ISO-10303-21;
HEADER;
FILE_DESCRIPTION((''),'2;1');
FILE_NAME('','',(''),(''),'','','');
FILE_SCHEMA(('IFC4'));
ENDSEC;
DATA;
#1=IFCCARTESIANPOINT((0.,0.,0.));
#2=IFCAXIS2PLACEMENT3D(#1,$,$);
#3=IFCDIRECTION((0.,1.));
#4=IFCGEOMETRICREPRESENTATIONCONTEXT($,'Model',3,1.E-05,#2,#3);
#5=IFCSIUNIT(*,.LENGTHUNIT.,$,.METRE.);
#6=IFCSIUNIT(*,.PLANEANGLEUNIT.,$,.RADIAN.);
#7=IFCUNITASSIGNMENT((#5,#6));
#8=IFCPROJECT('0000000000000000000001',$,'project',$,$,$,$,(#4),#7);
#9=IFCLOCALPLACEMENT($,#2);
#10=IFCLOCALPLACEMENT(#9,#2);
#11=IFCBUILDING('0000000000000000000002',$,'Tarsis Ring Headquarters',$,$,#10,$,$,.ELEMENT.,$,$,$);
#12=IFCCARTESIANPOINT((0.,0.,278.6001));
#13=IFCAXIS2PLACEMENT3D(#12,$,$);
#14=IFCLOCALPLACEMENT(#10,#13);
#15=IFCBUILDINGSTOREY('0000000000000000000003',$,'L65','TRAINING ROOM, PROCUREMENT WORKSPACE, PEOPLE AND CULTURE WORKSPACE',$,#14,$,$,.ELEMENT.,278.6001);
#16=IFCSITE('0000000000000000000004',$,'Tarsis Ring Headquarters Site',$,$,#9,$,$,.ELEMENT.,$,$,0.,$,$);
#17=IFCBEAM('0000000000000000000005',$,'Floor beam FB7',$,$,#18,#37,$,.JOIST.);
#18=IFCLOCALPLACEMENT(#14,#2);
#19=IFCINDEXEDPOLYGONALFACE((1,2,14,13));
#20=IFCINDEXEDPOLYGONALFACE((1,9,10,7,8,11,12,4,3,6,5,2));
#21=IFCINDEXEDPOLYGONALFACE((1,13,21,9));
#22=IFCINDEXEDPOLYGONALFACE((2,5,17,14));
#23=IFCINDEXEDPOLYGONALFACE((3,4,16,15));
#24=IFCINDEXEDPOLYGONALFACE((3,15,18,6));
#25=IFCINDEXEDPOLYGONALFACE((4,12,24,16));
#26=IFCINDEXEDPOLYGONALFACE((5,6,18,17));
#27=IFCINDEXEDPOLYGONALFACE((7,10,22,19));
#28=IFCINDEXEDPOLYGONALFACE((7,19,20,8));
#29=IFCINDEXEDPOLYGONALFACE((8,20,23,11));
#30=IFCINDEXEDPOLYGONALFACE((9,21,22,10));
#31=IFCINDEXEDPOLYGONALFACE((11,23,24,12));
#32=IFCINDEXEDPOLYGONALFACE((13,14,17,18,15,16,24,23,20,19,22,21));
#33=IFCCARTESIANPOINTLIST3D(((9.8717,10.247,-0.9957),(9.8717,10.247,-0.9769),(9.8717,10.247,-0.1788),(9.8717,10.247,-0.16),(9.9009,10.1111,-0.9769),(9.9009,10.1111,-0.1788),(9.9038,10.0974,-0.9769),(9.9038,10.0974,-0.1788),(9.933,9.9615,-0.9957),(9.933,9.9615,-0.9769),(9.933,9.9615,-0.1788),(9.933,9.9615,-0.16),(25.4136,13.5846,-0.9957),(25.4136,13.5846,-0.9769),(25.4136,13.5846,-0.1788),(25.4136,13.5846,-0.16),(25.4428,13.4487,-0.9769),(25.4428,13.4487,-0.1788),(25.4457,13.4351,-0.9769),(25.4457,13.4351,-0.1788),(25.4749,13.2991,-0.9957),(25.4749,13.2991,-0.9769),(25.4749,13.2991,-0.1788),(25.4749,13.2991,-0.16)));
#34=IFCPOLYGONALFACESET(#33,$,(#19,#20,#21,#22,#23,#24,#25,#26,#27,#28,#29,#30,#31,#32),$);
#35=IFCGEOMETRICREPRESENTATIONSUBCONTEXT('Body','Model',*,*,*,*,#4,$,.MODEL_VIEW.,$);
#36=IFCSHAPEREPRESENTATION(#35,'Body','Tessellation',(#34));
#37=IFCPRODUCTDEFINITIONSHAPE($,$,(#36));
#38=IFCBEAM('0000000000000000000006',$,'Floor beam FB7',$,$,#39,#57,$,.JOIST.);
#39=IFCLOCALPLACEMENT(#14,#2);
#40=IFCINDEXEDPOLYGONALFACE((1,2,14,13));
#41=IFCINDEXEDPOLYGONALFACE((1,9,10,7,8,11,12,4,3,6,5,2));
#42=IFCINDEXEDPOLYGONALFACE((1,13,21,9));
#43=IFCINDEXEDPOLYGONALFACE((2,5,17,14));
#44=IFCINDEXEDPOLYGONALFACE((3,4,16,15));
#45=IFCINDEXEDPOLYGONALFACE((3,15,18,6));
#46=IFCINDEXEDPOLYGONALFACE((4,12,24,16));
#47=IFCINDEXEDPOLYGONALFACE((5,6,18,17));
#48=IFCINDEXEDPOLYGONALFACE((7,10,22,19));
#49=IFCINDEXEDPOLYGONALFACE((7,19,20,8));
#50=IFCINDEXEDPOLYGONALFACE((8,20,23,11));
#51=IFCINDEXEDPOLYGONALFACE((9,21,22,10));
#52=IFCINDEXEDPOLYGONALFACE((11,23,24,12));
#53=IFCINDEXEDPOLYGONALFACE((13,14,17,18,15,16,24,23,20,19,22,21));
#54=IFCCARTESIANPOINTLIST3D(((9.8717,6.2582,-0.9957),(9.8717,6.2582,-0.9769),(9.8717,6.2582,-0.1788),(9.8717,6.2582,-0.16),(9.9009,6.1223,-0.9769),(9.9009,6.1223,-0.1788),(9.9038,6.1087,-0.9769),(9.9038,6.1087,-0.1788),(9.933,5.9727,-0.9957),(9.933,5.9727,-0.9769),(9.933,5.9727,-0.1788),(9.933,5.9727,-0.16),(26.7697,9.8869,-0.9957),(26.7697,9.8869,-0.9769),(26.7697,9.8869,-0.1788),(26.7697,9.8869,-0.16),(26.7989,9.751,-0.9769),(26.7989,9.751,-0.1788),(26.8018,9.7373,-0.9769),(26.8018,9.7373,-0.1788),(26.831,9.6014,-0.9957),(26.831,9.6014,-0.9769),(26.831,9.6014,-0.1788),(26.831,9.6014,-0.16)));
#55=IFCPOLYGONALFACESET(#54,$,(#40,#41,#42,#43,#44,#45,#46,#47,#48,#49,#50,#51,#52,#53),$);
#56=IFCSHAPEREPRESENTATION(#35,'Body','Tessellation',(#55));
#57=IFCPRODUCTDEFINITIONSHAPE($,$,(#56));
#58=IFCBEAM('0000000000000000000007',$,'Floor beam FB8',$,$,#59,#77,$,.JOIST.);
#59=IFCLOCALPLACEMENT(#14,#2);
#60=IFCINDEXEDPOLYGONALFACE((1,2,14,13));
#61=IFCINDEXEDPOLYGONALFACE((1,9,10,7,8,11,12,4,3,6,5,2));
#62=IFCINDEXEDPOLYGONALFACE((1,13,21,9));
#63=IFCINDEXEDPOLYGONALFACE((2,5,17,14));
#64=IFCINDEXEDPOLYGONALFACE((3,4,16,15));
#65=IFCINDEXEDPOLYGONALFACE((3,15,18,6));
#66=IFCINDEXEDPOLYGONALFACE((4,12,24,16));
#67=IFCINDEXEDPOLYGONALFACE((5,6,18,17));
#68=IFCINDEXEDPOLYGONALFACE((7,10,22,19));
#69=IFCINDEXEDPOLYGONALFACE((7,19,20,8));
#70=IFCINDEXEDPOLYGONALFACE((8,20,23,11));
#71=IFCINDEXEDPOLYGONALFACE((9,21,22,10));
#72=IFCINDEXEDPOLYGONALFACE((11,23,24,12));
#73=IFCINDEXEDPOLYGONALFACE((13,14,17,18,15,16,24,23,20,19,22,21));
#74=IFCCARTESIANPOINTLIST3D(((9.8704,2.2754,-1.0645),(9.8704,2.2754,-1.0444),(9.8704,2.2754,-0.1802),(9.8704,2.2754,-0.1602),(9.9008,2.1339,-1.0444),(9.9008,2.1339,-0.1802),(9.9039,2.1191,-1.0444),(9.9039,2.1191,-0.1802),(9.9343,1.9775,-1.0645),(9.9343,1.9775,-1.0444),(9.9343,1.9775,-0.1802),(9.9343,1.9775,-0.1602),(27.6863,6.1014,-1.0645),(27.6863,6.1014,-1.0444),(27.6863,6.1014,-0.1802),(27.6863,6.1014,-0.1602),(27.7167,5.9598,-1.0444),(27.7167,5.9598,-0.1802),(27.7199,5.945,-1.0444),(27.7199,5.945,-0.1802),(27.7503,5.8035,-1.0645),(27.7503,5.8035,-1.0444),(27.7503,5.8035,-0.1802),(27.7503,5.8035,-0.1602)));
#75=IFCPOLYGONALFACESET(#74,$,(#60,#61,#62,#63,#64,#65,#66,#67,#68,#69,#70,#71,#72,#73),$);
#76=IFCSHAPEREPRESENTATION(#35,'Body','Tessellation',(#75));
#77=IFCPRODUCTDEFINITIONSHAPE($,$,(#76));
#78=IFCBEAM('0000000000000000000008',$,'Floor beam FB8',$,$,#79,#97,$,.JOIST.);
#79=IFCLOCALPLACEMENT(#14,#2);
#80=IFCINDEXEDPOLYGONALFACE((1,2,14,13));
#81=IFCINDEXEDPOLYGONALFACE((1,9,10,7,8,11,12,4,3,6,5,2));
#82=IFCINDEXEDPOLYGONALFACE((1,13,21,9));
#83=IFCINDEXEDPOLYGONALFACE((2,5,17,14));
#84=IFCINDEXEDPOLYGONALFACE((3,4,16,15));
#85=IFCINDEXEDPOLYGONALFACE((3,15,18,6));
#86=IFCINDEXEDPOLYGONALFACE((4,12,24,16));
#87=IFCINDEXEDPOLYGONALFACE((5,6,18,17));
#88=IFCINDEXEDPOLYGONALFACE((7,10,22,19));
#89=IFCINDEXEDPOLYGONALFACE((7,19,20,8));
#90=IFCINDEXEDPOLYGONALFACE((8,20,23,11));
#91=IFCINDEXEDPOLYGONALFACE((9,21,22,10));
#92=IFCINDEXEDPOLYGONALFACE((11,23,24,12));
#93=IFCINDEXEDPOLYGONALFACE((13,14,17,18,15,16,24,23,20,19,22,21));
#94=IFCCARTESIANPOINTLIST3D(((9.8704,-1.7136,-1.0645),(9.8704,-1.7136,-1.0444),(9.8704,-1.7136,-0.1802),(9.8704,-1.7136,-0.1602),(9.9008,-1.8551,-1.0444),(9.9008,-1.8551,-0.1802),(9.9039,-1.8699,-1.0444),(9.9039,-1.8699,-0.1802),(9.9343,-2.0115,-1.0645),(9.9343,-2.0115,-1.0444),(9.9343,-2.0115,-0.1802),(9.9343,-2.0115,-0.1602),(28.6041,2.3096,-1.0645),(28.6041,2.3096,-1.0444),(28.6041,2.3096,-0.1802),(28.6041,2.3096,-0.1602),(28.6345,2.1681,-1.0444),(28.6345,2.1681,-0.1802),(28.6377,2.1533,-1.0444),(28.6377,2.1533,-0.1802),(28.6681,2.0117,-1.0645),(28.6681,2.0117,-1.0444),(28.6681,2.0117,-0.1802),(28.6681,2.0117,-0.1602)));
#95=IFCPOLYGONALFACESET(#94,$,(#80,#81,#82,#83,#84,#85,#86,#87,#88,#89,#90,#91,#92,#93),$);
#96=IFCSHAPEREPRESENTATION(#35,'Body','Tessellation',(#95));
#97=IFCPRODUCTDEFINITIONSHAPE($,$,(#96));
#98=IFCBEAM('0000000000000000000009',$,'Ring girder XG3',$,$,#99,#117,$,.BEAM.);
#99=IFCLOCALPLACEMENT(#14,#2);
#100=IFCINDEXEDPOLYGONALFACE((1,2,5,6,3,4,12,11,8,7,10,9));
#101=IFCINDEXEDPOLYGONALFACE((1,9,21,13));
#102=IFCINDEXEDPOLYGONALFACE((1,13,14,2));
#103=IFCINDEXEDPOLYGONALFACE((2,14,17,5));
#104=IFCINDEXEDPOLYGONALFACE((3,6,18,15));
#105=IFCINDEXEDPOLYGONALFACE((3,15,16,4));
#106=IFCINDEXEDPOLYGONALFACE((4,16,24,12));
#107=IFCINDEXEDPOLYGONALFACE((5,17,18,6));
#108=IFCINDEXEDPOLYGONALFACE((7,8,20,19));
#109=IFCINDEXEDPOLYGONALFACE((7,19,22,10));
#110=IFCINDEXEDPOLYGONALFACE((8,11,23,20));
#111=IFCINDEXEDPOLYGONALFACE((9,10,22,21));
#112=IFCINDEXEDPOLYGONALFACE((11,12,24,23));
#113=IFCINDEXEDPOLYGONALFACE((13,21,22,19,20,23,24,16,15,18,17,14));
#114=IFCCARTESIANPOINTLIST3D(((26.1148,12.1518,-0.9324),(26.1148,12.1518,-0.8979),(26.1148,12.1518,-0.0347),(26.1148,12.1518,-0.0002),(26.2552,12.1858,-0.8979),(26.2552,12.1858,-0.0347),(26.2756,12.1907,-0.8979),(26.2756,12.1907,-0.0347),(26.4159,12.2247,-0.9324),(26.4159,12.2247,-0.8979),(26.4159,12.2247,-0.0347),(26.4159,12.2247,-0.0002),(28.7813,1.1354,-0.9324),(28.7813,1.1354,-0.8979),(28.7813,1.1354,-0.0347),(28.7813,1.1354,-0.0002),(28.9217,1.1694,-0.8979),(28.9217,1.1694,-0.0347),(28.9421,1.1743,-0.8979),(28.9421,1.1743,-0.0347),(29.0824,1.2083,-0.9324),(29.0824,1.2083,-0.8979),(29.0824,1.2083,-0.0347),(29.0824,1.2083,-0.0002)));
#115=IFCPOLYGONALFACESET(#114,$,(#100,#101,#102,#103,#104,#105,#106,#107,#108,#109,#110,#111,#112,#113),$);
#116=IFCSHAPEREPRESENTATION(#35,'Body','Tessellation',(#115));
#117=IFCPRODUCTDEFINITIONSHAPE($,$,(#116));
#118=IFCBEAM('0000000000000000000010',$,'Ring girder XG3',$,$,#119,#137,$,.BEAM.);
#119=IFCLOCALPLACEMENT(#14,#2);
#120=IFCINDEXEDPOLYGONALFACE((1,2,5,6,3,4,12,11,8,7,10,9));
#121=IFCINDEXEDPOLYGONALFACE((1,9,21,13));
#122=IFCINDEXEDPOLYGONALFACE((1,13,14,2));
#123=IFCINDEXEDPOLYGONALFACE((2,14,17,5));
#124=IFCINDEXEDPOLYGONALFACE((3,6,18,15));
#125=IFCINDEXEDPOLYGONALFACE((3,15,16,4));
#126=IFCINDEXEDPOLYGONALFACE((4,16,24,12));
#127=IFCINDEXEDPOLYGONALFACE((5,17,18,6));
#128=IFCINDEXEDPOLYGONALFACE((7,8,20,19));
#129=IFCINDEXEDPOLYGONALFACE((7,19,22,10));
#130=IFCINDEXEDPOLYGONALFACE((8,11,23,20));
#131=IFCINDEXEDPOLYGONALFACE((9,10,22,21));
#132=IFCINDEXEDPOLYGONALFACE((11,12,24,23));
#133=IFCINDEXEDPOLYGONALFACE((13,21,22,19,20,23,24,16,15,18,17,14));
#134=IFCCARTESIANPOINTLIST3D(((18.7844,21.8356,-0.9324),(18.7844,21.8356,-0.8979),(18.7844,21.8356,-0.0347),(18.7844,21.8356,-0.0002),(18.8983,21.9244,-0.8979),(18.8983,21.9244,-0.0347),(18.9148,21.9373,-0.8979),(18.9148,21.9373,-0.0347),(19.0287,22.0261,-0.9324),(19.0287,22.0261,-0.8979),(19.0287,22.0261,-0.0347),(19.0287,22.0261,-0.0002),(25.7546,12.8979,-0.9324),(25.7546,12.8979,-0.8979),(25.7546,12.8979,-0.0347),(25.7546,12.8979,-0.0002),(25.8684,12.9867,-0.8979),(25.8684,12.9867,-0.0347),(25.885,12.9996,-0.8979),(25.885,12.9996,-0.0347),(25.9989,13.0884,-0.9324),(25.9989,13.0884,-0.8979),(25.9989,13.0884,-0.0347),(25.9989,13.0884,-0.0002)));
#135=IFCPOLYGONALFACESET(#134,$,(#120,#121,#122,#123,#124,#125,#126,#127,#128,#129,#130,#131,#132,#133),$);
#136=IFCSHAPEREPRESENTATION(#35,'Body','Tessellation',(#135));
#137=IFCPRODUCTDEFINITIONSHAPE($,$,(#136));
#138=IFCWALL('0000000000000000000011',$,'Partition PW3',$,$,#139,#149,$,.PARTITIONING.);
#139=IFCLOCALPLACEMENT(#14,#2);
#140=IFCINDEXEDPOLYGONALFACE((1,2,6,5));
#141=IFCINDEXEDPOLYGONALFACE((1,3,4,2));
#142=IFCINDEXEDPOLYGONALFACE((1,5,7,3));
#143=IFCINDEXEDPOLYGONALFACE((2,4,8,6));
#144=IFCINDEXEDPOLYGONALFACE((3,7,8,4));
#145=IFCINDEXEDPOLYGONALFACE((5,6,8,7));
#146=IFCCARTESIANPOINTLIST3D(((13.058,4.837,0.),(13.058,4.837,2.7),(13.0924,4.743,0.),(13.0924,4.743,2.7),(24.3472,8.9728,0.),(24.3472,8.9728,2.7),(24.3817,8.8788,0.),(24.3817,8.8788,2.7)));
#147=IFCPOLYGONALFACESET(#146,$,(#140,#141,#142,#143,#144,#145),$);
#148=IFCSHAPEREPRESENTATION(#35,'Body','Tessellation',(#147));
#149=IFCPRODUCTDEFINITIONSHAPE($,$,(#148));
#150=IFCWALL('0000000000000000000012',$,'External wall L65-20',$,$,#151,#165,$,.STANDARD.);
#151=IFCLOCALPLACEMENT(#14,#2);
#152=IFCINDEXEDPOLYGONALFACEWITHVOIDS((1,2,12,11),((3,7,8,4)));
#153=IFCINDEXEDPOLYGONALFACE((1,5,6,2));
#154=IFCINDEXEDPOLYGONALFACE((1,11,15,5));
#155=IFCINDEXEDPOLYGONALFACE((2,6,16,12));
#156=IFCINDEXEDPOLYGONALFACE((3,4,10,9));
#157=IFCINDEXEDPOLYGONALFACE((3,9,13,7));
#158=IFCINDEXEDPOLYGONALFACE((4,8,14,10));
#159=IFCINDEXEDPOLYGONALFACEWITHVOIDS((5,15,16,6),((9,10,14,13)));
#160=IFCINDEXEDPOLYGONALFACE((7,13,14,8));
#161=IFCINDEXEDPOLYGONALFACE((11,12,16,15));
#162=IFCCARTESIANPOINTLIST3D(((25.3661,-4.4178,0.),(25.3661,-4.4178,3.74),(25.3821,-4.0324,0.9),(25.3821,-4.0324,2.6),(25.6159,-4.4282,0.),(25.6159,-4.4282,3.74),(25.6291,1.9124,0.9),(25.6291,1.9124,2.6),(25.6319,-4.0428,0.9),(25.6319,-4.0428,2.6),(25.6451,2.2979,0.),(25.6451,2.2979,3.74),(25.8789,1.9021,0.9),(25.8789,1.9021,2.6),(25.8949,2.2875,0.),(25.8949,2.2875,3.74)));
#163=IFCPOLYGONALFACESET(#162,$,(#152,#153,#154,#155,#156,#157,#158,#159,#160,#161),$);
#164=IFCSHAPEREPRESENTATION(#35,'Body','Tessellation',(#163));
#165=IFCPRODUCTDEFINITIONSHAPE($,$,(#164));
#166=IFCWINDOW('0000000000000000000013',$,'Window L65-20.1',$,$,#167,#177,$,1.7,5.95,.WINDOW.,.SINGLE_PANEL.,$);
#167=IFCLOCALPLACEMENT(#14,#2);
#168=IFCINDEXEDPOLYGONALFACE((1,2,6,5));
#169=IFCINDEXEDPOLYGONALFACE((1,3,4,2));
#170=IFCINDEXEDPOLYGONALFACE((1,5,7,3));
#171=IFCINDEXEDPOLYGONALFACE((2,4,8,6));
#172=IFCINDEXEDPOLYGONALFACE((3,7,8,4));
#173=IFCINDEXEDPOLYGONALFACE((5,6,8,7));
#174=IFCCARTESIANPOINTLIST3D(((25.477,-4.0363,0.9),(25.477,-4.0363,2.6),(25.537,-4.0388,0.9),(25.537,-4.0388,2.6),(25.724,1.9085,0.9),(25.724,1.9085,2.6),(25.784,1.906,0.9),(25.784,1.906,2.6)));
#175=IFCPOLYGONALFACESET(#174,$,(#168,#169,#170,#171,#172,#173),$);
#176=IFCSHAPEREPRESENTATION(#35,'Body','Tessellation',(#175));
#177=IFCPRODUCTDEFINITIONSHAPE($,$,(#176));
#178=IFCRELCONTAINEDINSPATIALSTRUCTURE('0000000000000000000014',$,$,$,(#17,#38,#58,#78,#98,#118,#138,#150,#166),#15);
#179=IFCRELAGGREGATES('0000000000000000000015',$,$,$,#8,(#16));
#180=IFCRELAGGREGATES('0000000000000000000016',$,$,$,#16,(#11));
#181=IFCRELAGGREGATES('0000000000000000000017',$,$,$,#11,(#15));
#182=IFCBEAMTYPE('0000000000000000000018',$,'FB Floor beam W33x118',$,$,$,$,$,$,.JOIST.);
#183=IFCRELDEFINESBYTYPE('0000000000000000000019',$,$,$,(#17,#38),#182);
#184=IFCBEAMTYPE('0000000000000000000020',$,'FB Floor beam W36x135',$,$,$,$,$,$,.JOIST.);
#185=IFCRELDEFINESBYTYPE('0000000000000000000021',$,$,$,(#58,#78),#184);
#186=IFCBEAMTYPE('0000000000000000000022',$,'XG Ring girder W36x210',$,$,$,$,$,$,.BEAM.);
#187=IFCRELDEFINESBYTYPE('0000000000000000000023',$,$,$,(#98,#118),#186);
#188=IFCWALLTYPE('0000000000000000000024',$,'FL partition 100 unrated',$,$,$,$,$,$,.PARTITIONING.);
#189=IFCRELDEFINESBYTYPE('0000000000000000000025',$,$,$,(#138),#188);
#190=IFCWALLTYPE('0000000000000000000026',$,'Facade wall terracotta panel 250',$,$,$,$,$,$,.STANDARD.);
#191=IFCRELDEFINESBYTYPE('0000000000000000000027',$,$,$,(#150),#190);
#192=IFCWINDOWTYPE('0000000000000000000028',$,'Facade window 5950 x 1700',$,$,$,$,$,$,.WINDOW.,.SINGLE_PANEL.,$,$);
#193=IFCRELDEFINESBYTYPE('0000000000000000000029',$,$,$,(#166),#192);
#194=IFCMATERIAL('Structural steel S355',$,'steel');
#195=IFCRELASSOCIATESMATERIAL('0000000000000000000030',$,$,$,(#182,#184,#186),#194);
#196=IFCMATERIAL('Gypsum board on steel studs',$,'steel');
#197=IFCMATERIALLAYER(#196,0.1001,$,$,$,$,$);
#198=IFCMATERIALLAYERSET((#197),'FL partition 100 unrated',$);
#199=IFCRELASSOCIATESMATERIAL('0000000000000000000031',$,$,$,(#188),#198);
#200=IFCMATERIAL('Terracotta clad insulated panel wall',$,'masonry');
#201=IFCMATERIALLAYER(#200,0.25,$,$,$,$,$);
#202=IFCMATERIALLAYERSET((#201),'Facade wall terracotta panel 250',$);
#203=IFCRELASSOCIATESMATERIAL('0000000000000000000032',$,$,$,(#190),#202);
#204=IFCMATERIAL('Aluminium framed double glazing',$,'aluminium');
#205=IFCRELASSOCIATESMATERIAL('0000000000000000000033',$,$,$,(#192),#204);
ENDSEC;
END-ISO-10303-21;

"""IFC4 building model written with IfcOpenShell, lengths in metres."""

from ifc_helpers import new_model, si_unit, direction, frame, frame_2d, origin, origin_2d, place, context, subcontext, project, spatial, rectangle, i_section, extrude, material, layer, layer_set, material_profile, profile_set, type_object, element, fill, save


model = new_model("IFC4")

# Units and contexts
model_context = context("Model", 3, precision=1e-05, world=origin(), true_north=direction((0.0, 1.0)))
body_context = subcontext(model_context, "Body", "Model", "MODEL_VIEW")
ifc_project = project(units=[si_unit("LENGTHUNIT", "METRE"), si_unit("PLANEANGLEUNIT", "RADIAN")], contexts=[model_context])

# Site, building, storey
site_placement = place(None, origin())
site = spatial("IfcSite", under=ifc_project, at=site_placement, Name="Tarsis Ring Headquarters Site", CompositionType="ELEMENT", RefElevation=0.0)
building_placement = place(site_placement, origin())
building = spatial("IfcBuilding", under=site, at=building_placement, Name="Tarsis Ring Headquarters", CompositionType="ELEMENT")
storey_placement = place(building_placement, frame((0.0, 0.0, 278.6001)))
storey = spatial("IfcBuildingStorey", under=building, at=storey_placement, Name="L65", Description="TRAINING ROOM, PROCUREMENT WORKSPACE, PEOPLE AND CULTURE WORKSPACE", CompositionType="ELEMENT", Elevation=278.6001)

# Shared definitions
ifc_material_1 = material(Name="Structural steel S355", Category="steel")

# Beams
ifc_material_profile_1 = material_profile(ifc_material_1, i_section(OverallWidth=0.292, OverallDepth=0.8357, WebThickness=0.0139, FlangeThickness=0.0188, at=origin_2d()), Name="W33x118")
ifc_profile_set_1 = profile_set([ifc_material_profile_1], Name="Structural steel S355")
beam_type_1 = type_object("IfcBeamType", Name="FB Floor beam W33x118", PredefinedType="JOIST", material=ifc_profile_set_1)
beam_1_placement = place(storey_placement, frame((9.9023, 10.1042, -0.5779), z_axis=(0.977709, 0.209963, 0.0), x_axis=(-0.209963, 0.977709, 0.0)))
element("IfcBeam", 1, at=beam_1_placement, inside=storey, type_object=beam_type_1, Name="Floor beam FB7", PredefinedType="JOIST", context=body_context, shape_type="SweptSolid", body=[
    extrude(i_section(OverallWidth=0.292, OverallDepth=0.8357, WebThickness=0.0139, FlangeThickness=0.0188, at=origin_2d()), origin(), (0.0, 0.0, 1.0), 15.8962),
])
beam_2_placement = place(storey_placement, frame((9.9023, 6.1155, -0.5779), z_axis=(0.977711, 0.209954, 0.0), x_axis=(-0.209954, 0.977711, 0.0)))
element("IfcBeam", 2, at=beam_2_placement, inside=storey, type_object=beam_type_1, Name="Floor beam FB7", PredefinedType="JOIST", context=body_context, shape_type="SweptSolid", body=[
    extrude(i_section(OverallWidth=0.292, OverallDepth=0.8357, WebThickness=0.0139, FlangeThickness=0.0188, at=origin_2d()), origin(), (0.0, 0.0, 1.0), 17.2832),
])
ifc_material_profile_2 = material_profile(ifc_material_1, i_section(OverallWidth=0.3047, OverallDepth=0.9043, WebThickness=0.0151, FlangeThickness=0.02, at=origin_2d()), Name="W36x135")
ifc_profile_set_2 = profile_set([ifc_material_profile_2], Name="Structural steel S355")
beam_type_2 = type_object("IfcBeamType", Name="FB Floor beam W36x135", PredefinedType="JOIST", material=ifc_profile_set_2)
beam_3_placement = place(storey_placement, frame((9.9023, 2.1265, -0.6123), z_axis=(0.97771, 0.209961, 0.0), x_axis=(-0.209961, 0.97771, 0.0)))
element("IfcBeam", 3, at=beam_3_placement, inside=storey, type_object=beam_type_2, Name="Floor beam FB8", PredefinedType="JOIST", context=body_context, shape_type="SweptSolid", body=[
    extrude(i_section(OverallWidth=0.3047, OverallDepth=0.9043, WebThickness=0.0151, FlangeThickness=0.02, at=origin_2d()), origin(), (0.0, 0.0, 1.0), 18.2222),
])
beam_4_placement = place(storey_placement, frame((9.9023, -1.8625, -0.6123), z_axis=(0.977708, 0.20997, 0.0), x_axis=(-0.20997, 0.977708, 0.0)))
element("IfcBeam", 4, at=beam_4_placement, inside=storey, type_object=beam_type_2, Name="Floor beam FB8", PredefinedType="JOIST", context=body_context, shape_type="SweptSolid", body=[
    extrude(i_section(OverallWidth=0.3047, OverallDepth=0.9043, WebThickness=0.0151, FlangeThickness=0.02, at=origin_2d()), origin(), (0.0, 0.0, 1.0), 19.1609),
])
ifc_material_profile_3 = material_profile(ifc_material_1, i_section(OverallWidth=0.3098, OverallDepth=0.9321, WebThickness=0.021, FlangeThickness=0.0344, at=origin_2d()), Name="W36x210")
ifc_profile_set_3 = profile_set([ifc_material_profile_3], Name="Structural steel S355")
beam_type_3 = type_object("IfcBeamType", Name="XG Ring girder W36x210", PredefinedType="BEAM", material=ifc_profile_set_3)
beam_5_placement = place(storey_placement, frame((28.9319, 1.1719, -0.4663), z_axis=(-0.235256, 0.971933, 0.0), x_axis=(-0.971933, -0.235256, 0.0)))
element("IfcBeam", 5, at=beam_5_placement, inside=storey, type_object=beam_type_3, Name="Ring girder XG3", PredefinedType="BEAM", context=body_context, shape_type="SweptSolid", body=[
    extrude(i_section(OverallWidth=0.3098, OverallDepth=0.9321, WebThickness=0.021, FlangeThickness=0.0344, at=origin_2d()), origin(), (0.0, 0.0, 1.0), 11.3345),
])
beam_6_placement = place(storey_placement, frame((25.8767, 12.9932, -0.4663), z_axis=(-0.614965, 0.788555, 0.0), x_axis=(-0.788555, -0.614965, 0.0)))
element("IfcBeam", 6, at=beam_6_placement, inside=storey, type_object=beam_type_3, Name="Ring girder XG3", PredefinedType="BEAM", context=body_context, shape_type="SweptSolid", body=[
    extrude(i_section(OverallWidth=0.3098, OverallDepth=0.9321, WebThickness=0.021, FlangeThickness=0.0344, at=origin_2d()), origin(), (0.0, 0.0, 1.0), 11.3342),
])

# Wall
ifc_material_2 = material(Name="Gypsum board on steel studs", Category="steel")
ifc_layer_1 = layer(ifc_material_2, 0.1001)
ifc_layer_set_1 = layer_set([ifc_layer_1], Name="FL partition 100 unrated")
wall_type_1 = type_object("IfcWallType", Name="FL partition 100 unrated", PredefinedType="PARTITIONING", material=ifc_layer_set_1)
wall_1_placement = place(storey_placement, frame((13.0752, 4.79, 0.0), z_axis=(0.0, 0.0, 1.0), x_axis=(0.938975, 0.343986, 0.0)))
element("IfcWall", 7, at=wall_1_placement, inside=storey, type_object=wall_type_1, Name="Partition PW3", PredefinedType="PARTITIONING", context=body_context, shape_type="SweptSolid", body=[
    extrude(rectangle(XDim=12.0229, YDim=0.1001, at=frame_2d((6.0115, 0.0))), origin(), (0.0, 0.0, 1.0), 2.7),
])

# Wall, opening, window
ifc_material_3 = material(Name="Terracotta clad insulated panel wall", Category="masonry")
ifc_layer_2 = layer(ifc_material_3, 0.25)
ifc_layer_set_2 = layer_set([ifc_layer_2], Name="Facade wall terracotta panel 250")
wall_type_2 = type_object("IfcWallType", Name="Facade wall terracotta panel 250", PredefinedType="STANDARD", material=ifc_layer_set_2)
wall_2_placement = place(storey_placement, frame((25.491, -4.4231, 0.0), z_axis=(0.0, 0.0, 1.0), x_axis=(0.041517, 0.999138, 0.0)))
wall_2 = element("IfcWall", 8, at=wall_2_placement, inside=storey, type_object=wall_type_2, Name="External wall L65-20", PredefinedType="STANDARD", context=body_context, shape_type="SweptSolid", body=[
    extrude(rectangle(XDim=6.7214, YDim=0.25, at=frame_2d((3.3608, 0.0))), origin(), (0.0, 0.0, 1.0), 3.74),
])
opening_1_placement = place(wall_2_placement, frame((0.3857, 0.0, 0.8999)))
opening_1 = element("IfcOpeningElement", 9, at=opening_1_placement, cuts=wall_2, PredefinedType="OPENING", context=body_context, shape_type="SweptSolid", body=[
    extrude(rectangle(XDim=5.95, YDim=1.7, at=frame_2d((2.9751, 0.8501))), frame((0.0, 0.135, 0.0), z_axis=(0.0, -1.0, 0.0), x_axis=(1.0, 0.0, 0.0)), (0.0, 0.0, 1.0), 0.27),
])
ifc_material_4 = material(Name="Aluminium framed double glazing", Category="aluminium")
window_type = type_object("IfcWindowType", Name="Facade window 5950 x 1700", PartitioningType="SINGLE_PANEL", PredefinedType="WINDOW", material=ifc_material_4)
window_1_placement = place(opening_1_placement, origin())
window_1 = element("IfcWindow", 10, at=window_1_placement, inside=storey, type_object=window_type, Name="Window L65-20.1", OverallHeight=1.7, OverallWidth=5.95, PartitioningType="SINGLE_PANEL", PredefinedType="WINDOW", context=body_context, shape_type="SweptSolid", body=[
    extrude(rectangle(XDim=5.95, YDim=1.7, at=frame_2d((2.9751, 0.8501))), frame((0.0, 0.03, 0.0), z_axis=(0.0, -1.0, 0.0), x_axis=(1.0, 0.0, 0.0)), (0.0, 0.0, 1.0), 0.0601),
])
fill(opening_1, window_1)

save(model, "model.ifc")
